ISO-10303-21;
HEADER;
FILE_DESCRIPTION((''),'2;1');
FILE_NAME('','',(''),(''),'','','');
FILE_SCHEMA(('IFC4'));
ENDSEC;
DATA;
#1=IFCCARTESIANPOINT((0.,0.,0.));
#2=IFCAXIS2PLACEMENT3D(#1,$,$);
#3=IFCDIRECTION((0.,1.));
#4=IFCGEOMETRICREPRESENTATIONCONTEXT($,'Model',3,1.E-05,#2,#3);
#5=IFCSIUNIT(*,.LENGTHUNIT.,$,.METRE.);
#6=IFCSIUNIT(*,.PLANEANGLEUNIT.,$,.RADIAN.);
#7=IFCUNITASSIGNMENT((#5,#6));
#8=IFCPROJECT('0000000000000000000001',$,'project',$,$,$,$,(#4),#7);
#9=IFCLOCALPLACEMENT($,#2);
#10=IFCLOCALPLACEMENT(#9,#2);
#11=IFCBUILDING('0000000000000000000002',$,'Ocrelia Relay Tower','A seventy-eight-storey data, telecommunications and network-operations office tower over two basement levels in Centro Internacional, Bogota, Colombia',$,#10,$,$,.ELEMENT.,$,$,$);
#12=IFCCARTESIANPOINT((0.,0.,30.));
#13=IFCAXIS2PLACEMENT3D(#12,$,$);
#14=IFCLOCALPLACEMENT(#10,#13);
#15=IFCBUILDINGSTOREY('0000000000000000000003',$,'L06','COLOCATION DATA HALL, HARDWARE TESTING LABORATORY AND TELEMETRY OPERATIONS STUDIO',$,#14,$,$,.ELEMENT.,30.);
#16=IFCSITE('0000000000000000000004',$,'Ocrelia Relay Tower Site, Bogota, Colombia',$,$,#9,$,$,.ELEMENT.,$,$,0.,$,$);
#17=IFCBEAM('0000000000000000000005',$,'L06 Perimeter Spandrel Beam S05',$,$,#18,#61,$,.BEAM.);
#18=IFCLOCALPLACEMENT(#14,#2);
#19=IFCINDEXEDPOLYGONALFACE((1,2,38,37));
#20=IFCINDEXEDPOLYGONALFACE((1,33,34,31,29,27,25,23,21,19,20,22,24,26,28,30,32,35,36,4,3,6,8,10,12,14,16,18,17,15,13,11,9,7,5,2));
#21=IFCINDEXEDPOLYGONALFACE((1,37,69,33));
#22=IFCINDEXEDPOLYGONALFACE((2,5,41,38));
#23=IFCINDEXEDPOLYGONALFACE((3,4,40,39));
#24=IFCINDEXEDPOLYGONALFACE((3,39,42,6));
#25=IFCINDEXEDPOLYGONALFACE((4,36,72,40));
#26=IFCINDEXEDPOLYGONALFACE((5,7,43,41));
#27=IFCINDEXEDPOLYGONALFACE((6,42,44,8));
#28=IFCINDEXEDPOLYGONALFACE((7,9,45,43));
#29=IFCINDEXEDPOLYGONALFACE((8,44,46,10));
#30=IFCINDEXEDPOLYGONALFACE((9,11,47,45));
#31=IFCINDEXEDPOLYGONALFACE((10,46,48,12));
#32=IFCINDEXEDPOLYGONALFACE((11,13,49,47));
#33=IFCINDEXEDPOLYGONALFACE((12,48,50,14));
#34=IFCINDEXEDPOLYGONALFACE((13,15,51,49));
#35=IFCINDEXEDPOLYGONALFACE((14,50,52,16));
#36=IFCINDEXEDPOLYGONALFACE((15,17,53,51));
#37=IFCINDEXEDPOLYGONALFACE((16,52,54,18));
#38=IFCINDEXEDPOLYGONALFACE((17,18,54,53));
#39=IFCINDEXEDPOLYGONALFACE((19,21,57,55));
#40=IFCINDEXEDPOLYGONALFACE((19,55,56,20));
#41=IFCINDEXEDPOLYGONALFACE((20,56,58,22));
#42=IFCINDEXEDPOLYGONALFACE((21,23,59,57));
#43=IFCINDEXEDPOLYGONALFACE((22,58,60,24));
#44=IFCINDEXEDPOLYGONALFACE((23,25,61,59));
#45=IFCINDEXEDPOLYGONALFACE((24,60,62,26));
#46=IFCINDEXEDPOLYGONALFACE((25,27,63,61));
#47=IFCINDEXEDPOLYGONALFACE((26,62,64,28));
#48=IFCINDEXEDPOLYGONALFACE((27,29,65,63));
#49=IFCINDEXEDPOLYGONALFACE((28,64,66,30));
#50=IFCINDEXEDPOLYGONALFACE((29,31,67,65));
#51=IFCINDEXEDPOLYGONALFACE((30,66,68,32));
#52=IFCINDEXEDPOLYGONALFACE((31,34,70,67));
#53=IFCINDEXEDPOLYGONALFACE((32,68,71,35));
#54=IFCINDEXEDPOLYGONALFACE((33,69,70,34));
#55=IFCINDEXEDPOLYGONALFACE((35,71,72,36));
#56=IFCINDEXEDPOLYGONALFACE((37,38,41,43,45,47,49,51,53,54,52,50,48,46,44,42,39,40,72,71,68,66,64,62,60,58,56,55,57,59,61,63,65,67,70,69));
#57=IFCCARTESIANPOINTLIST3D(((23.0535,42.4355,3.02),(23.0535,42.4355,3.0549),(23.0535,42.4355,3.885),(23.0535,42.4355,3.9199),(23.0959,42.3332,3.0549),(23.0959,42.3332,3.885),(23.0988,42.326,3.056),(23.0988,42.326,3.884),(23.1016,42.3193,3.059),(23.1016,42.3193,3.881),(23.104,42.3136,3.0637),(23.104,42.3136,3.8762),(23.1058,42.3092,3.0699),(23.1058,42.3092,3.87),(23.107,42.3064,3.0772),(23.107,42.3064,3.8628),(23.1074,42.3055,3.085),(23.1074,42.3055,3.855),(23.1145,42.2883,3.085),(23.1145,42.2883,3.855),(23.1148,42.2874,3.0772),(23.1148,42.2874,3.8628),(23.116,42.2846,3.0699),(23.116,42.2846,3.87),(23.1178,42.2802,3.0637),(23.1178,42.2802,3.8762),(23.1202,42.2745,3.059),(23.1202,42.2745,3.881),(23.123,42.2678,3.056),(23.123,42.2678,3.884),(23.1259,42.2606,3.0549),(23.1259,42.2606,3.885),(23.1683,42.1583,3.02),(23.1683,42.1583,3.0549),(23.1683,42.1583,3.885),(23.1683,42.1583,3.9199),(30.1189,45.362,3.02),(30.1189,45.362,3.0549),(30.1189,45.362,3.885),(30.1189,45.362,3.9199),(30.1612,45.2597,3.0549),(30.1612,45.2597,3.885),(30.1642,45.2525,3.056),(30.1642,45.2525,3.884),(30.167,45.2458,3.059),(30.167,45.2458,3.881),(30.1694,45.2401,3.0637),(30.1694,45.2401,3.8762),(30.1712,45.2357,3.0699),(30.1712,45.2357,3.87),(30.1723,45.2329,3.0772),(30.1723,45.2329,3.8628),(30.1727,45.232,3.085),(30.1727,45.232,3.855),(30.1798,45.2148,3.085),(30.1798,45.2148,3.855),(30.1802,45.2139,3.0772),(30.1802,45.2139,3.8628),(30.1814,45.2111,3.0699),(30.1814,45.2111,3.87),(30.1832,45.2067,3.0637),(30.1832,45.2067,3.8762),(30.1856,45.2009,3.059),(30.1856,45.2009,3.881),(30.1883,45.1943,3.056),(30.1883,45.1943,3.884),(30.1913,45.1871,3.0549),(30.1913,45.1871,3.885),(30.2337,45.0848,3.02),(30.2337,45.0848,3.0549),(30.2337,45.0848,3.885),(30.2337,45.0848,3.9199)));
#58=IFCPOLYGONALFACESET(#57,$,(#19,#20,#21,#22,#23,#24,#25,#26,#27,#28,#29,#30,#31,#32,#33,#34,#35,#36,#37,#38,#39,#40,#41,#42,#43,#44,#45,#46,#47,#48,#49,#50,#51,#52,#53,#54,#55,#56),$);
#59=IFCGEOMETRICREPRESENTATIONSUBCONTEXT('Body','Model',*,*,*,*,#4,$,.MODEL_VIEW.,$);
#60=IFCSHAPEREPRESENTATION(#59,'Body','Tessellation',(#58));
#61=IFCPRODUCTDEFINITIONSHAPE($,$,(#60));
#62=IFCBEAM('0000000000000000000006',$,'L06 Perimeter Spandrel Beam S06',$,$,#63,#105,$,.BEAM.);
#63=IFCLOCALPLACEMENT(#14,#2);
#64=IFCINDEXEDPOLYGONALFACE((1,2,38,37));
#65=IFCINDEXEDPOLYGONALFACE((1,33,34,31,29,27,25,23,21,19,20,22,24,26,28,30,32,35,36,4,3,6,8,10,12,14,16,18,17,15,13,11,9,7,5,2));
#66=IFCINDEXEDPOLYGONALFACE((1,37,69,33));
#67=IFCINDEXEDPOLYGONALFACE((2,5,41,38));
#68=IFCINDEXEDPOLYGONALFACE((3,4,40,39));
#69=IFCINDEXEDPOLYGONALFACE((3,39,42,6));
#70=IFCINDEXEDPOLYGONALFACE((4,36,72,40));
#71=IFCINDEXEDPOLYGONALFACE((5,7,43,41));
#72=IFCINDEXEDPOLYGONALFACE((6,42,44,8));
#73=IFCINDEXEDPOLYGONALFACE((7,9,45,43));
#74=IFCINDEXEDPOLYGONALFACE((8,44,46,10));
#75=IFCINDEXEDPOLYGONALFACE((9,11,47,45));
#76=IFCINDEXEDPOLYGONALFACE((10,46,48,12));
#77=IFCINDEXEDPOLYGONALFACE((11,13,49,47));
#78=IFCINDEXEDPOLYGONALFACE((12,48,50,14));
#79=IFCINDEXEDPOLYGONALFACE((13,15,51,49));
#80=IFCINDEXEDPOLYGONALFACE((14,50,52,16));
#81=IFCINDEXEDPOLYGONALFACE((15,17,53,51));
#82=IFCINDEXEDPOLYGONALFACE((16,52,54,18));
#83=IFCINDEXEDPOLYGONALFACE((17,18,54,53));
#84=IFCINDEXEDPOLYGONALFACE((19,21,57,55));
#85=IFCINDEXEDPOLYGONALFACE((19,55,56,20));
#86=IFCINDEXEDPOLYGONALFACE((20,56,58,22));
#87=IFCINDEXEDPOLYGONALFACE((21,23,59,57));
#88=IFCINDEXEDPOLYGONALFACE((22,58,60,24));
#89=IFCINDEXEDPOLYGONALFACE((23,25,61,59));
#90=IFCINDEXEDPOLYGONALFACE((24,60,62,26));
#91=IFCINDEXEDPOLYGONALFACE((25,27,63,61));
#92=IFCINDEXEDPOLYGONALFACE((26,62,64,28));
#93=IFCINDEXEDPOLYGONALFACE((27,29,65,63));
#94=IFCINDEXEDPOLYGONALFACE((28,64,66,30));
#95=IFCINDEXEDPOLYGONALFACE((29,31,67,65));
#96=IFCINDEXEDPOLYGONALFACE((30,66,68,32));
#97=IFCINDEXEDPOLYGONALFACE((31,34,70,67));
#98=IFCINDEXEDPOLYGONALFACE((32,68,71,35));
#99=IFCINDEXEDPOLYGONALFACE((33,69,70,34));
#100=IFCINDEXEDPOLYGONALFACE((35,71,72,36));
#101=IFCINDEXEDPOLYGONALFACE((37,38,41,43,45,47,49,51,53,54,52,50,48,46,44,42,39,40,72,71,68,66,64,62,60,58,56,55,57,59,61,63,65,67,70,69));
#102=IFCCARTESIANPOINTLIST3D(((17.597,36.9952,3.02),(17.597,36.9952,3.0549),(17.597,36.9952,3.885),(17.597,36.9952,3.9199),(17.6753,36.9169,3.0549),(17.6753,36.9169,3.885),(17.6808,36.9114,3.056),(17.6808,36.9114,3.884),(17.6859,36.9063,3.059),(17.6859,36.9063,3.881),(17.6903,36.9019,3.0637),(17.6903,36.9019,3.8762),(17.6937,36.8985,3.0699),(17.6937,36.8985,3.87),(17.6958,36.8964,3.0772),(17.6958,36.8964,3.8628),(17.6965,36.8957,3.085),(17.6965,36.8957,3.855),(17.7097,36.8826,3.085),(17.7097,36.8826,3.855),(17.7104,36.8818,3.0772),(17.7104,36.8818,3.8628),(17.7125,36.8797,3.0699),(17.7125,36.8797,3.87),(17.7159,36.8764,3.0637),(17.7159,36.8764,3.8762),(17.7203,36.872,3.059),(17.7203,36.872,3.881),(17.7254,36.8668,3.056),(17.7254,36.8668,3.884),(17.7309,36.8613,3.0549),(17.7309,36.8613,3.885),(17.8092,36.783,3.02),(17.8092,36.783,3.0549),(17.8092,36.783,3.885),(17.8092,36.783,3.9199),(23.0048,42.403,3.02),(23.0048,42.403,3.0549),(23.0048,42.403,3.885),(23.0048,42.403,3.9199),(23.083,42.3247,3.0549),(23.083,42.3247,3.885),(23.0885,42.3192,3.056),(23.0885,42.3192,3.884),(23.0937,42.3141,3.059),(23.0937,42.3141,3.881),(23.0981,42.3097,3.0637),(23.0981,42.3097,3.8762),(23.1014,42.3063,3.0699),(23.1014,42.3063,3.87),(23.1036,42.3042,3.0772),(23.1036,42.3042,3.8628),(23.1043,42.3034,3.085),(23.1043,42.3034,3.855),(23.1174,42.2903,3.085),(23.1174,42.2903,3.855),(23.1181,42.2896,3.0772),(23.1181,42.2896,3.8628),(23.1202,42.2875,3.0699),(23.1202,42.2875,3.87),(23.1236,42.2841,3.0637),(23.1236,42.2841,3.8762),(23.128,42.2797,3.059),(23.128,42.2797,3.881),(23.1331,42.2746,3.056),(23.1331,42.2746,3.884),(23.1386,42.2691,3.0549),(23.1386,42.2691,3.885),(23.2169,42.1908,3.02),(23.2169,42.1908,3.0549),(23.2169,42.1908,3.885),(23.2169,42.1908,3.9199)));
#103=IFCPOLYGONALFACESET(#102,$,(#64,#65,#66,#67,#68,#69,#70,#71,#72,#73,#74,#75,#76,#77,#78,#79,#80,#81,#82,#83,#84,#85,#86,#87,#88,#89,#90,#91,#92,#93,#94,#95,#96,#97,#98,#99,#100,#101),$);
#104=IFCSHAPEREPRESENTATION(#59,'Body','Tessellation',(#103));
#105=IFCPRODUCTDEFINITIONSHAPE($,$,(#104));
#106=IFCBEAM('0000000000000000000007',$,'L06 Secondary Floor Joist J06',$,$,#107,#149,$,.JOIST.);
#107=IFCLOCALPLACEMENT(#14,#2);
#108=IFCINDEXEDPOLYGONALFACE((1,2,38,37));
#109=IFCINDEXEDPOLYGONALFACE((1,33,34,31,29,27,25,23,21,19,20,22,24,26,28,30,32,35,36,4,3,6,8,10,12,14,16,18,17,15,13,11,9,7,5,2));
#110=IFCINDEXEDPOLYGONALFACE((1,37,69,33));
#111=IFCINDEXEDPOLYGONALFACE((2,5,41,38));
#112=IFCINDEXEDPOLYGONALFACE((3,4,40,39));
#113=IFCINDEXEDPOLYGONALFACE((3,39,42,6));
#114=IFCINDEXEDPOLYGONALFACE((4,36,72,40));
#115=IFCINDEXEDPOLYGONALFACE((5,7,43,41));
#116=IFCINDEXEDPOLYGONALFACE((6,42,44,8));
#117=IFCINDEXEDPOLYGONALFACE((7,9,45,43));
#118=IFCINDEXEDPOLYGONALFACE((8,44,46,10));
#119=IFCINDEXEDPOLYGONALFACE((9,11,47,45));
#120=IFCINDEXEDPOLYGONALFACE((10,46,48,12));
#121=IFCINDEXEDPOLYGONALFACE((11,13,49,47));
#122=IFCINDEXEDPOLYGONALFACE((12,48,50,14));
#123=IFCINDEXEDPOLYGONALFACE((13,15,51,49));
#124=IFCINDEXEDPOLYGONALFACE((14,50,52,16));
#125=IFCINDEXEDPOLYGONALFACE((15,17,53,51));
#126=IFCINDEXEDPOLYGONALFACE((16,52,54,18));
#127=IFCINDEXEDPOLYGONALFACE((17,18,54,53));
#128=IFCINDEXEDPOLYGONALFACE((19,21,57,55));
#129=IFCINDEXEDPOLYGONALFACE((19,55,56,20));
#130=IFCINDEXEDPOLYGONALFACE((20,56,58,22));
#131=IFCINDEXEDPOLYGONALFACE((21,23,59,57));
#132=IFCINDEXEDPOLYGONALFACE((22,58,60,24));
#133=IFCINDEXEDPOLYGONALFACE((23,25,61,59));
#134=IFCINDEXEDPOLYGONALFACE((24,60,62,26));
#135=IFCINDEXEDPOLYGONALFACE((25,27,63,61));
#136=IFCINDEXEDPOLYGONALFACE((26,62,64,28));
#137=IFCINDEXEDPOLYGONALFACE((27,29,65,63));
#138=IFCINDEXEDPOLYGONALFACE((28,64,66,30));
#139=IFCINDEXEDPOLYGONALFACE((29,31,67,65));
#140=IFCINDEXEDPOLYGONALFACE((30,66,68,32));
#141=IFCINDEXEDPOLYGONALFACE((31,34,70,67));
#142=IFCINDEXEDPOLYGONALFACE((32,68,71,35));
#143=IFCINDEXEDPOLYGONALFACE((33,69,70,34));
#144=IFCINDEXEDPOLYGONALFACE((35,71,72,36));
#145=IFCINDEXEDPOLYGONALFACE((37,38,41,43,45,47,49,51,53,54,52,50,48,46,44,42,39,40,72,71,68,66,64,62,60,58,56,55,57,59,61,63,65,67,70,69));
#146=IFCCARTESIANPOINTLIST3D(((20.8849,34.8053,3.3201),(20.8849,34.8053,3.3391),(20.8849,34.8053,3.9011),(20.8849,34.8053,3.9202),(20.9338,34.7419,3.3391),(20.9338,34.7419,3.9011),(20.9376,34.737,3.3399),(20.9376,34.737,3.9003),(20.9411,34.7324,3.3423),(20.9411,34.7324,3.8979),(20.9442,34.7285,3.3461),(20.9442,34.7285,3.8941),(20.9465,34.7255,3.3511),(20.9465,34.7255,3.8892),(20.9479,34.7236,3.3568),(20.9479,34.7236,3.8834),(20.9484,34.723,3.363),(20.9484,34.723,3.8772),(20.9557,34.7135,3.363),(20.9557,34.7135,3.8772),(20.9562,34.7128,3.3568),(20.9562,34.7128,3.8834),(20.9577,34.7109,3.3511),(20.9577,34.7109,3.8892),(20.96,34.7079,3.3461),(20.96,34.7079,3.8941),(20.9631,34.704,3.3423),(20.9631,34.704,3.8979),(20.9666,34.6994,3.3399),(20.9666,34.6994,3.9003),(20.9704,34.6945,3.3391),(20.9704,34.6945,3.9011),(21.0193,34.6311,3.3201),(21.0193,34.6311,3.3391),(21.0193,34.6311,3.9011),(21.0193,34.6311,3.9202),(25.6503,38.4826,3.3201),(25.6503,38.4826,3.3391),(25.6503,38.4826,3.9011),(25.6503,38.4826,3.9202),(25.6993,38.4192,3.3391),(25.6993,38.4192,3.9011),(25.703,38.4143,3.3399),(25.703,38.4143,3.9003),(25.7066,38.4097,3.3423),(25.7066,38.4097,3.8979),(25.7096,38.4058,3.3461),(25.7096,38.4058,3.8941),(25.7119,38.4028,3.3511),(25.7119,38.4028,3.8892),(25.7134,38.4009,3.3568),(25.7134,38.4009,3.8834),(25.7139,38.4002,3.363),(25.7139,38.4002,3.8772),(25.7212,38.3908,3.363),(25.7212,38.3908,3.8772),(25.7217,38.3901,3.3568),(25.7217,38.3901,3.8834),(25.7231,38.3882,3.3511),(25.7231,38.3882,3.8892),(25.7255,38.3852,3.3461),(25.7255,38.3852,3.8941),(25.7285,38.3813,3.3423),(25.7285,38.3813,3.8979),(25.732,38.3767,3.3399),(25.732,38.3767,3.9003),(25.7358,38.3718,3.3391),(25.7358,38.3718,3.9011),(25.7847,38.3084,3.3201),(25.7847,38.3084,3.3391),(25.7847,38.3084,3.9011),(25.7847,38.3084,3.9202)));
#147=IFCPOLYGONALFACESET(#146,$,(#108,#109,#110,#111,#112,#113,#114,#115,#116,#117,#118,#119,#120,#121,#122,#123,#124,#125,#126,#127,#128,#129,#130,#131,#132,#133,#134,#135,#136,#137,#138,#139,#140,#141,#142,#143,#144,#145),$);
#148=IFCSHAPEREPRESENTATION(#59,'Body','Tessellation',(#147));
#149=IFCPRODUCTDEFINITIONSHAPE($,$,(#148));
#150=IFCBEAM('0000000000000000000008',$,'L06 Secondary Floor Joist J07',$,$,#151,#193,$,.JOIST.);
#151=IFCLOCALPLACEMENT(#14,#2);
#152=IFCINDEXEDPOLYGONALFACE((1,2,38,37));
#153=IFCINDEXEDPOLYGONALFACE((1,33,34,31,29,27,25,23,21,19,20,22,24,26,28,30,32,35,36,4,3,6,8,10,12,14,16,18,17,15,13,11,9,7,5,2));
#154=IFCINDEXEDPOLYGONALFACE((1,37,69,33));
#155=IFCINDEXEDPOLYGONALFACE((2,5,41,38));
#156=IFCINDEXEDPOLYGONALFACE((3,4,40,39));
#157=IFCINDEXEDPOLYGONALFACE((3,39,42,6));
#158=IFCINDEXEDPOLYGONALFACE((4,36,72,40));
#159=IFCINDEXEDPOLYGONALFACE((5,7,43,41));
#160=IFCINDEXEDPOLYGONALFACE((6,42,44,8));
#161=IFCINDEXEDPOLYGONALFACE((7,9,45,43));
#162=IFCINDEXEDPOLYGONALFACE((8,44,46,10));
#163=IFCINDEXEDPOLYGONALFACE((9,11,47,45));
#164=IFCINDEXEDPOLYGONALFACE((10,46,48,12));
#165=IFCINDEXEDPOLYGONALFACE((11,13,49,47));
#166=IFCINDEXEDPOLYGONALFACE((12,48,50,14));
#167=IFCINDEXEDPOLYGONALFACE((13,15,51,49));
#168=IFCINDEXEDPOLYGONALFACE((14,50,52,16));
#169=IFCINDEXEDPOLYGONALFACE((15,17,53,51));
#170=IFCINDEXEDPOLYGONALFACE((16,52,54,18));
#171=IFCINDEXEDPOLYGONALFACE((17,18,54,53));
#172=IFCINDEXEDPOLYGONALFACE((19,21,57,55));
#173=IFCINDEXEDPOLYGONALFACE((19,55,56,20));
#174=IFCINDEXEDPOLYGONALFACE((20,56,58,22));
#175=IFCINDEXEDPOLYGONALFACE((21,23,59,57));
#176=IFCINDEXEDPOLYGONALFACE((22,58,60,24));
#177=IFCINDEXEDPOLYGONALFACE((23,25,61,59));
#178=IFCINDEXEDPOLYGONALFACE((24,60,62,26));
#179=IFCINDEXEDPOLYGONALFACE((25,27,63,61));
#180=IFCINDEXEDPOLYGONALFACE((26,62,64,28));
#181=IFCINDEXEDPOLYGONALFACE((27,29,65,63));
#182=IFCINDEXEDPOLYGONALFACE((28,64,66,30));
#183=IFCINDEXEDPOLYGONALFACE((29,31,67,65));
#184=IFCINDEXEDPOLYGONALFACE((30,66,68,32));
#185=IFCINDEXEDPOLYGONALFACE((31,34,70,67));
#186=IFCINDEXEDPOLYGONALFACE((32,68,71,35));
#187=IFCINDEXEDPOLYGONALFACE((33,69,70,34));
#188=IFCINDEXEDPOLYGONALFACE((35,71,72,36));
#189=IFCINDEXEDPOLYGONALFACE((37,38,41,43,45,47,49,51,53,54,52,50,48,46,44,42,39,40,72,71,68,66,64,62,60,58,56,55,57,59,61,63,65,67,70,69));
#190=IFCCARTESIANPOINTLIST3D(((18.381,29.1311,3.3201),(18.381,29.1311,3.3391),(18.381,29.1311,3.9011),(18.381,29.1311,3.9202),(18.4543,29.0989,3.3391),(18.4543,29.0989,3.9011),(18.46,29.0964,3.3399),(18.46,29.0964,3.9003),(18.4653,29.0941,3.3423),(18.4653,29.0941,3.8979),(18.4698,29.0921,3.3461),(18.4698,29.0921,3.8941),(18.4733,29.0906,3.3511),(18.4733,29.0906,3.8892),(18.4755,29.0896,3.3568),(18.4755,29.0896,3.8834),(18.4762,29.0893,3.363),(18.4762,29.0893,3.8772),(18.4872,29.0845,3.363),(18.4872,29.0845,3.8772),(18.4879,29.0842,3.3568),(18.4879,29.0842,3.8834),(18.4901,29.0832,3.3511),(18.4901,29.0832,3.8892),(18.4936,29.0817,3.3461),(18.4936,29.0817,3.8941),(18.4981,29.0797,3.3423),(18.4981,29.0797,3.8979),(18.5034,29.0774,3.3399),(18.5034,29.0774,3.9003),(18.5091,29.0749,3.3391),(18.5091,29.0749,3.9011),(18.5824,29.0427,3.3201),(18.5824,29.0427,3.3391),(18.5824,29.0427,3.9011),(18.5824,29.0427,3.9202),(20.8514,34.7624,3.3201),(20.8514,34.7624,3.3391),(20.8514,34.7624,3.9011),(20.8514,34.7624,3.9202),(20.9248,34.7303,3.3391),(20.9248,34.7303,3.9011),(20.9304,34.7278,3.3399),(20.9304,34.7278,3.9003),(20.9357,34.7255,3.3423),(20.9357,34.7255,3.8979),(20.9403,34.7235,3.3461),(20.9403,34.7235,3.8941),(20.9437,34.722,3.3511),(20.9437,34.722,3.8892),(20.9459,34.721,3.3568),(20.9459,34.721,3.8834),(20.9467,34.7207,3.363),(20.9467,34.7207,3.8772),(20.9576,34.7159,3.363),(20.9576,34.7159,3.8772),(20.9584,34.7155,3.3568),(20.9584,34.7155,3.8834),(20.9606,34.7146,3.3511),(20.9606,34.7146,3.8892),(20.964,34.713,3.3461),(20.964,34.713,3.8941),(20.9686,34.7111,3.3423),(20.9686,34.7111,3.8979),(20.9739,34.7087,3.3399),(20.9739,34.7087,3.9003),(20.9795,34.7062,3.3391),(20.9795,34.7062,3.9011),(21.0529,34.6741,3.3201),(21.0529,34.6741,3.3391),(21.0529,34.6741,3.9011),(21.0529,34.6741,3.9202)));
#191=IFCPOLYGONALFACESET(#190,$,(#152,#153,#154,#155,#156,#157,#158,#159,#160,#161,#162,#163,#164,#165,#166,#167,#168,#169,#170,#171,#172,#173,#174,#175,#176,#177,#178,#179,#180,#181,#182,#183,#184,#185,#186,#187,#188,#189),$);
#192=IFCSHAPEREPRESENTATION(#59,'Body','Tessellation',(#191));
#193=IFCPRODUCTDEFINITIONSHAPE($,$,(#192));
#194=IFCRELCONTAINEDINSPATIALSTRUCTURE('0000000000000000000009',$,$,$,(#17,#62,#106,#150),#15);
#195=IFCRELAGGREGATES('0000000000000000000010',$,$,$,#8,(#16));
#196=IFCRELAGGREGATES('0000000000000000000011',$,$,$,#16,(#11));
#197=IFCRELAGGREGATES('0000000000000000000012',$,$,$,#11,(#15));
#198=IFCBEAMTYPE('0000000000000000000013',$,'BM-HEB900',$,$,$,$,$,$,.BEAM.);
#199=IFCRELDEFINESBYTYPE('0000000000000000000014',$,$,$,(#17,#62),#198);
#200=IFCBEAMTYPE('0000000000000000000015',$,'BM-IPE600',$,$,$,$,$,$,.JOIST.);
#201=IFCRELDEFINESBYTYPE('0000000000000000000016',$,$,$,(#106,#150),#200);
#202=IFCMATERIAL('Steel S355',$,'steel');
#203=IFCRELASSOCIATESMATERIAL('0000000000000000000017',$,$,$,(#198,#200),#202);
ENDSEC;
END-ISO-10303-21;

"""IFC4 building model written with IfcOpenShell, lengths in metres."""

from ifc_helpers import new_model, si_unit, direction, frame, origin, origin_2d, place, context, subcontext, project, spatial, i_section, extrude, material, material_profile, profile_set, type_object, element, save


model = new_model("IFC4")

# Units and contexts
model_context = context("Model", 3, precision=1e-05, world=origin(), true_north=direction((0.0, 1.0)))
body_context = subcontext(model_context, "Body", "Model", "MODEL_VIEW")
ifc_project = project(units=[si_unit("LENGTHUNIT", "METRE"), si_unit("PLANEANGLEUNIT", "RADIAN")], contexts=[model_context])

# Site, building, storey
site_placement = place(None, origin())
site = spatial("IfcSite", under=ifc_project, at=site_placement, Name="Ocrelia Relay Tower Site, Bogota, Colombia", CompositionType="ELEMENT", RefElevation=0.0)
building_placement = place(site_placement, origin())
building = spatial("IfcBuilding", under=site, at=building_placement, Name="Ocrelia Relay Tower", Description="A seventy-eight-storey data, telecommunications and network-operations office tower over two basement levels in Centro Internacional, Bogota, Colombia", CompositionType="ELEMENT")
storey_placement = place(building_placement, frame((0.0, 0.0, 30.0)))
storey = spatial("IfcBuildingStorey", under=building, at=storey_placement, Name="L06", Description="COLOCATION DATA HALL, HARDWARE TESTING LABORATORY AND TELEMETRY OPERATIONS STUDIO", CompositionType="ELEMENT", Elevation=30.0)

# Beams
ifc_material_1 = material(Name="Steel S355", Category="steel")
ifc_material_profile_1 = material_profile(ifc_material_1, i_section(OverallWidth=0.3, OverallDepth=0.8999, WebThickness=0.0186, FlangeThickness=0.0349, FilletRadius=0.03, at=origin_2d()), Name="HEB 900")
ifc_profile_set_1 = profile_set([ifc_material_profile_1], Name="Steel S355")
beam_type_1 = type_object("IfcBeamType", Name="BM-HEB900", PredefinedType="BEAM", material=ifc_profile_set_1)
beam_1_placement = place(storey_placement, frame((30.1763, 45.2234, 3.47), z_axis=(-0.923883, -0.382674, 0.0), x_axis=(0.382674, -0.923883, 0.0)))
element("IfcBeam", 1, at=beam_1_placement, inside=storey, type_object=beam_type_1, Name="L06 Perimeter Spandrel Beam S05", PredefinedType="BEAM", context=body_context, shape_type="SweptSolid", body=[
    extrude(i_section(OverallWidth=0.3, OverallDepth=0.8999, WebThickness=0.0186, FlangeThickness=0.0349, FilletRadius=0.03, at=origin_2d()), origin(), (0.0, 0.0, 1.0), 7.6475),
])
beam_2_placement = place(storey_placement, frame((23.1108, 42.2969, 3.47), z_axis=(-0.707107, -0.707107, 0.0), x_axis=(0.707107, -0.707107, 0.0)))
element("IfcBeam", 2, at=beam_2_placement, inside=storey, type_object=beam_type_1, Name="L06 Perimeter Spandrel Beam S06", PredefinedType="BEAM", context=body_context, shape_type="SweptSolid", body=[
    extrude(i_section(OverallWidth=0.3, OverallDepth=0.8999, WebThickness=0.0186, FlangeThickness=0.0349, FilletRadius=0.03, at=origin_2d()), origin(), (0.0, 0.0, 1.0), 7.6477),
])
ifc_material_profile_2 = material_profile(ifc_material_1, i_section(OverallWidth=0.22, OverallDepth=0.6001, WebThickness=0.012, FlangeThickness=0.019, FilletRadius=0.0239, at=origin_2d()), Name="IPE 600")
ifc_profile_set_2 = profile_set([ifc_material_profile_2], Name="Steel S355")
beam_type_2 = type_object("IfcBeamType", Name="BM-IPE600", PredefinedType="JOIST", material=ifc_profile_set_2)
beam_3_placement = place(storey_placement, frame((25.7175, 38.3955, 3.6201), z_axis=(-0.791694, -0.610918, 0.0), x_axis=(0.610918, -0.791694, 0.0)))
element("IfcBeam", 3, at=beam_3_placement, inside=storey, type_object=beam_type_2, Name="L06 Secondary Floor Joist J06", PredefinedType="JOIST", context=body_context, shape_type="SweptSolid", body=[
    extrude(i_section(OverallWidth=0.22, OverallDepth=0.6001, WebThickness=0.012, FlangeThickness=0.019, FilletRadius=0.0239, at=origin_2d()), origin(), (0.0, 0.0, 1.0), 6.0193),
])
beam_4_placement = place(storey_placement, frame((20.9521, 34.7183, 3.6201), z_axis=(-0.401739, -0.915754, 0.0), x_axis=(0.915754, -0.401739, 0.0)))
element("IfcBeam", 4, at=beam_4_placement, inside=storey, type_object=beam_type_2, Name="L06 Secondary Floor Joist J07", PredefinedType="JOIST", context=body_context, shape_type="SweptSolid", body=[
    extrude(i_section(OverallWidth=0.22, OverallDepth=0.6001, WebThickness=0.012, FlangeThickness=0.019, FilletRadius=0.0239, at=origin_2d()), origin(), (0.0, 0.0, 1.0), 6.1494),
])

save(model, "model.ifc")
